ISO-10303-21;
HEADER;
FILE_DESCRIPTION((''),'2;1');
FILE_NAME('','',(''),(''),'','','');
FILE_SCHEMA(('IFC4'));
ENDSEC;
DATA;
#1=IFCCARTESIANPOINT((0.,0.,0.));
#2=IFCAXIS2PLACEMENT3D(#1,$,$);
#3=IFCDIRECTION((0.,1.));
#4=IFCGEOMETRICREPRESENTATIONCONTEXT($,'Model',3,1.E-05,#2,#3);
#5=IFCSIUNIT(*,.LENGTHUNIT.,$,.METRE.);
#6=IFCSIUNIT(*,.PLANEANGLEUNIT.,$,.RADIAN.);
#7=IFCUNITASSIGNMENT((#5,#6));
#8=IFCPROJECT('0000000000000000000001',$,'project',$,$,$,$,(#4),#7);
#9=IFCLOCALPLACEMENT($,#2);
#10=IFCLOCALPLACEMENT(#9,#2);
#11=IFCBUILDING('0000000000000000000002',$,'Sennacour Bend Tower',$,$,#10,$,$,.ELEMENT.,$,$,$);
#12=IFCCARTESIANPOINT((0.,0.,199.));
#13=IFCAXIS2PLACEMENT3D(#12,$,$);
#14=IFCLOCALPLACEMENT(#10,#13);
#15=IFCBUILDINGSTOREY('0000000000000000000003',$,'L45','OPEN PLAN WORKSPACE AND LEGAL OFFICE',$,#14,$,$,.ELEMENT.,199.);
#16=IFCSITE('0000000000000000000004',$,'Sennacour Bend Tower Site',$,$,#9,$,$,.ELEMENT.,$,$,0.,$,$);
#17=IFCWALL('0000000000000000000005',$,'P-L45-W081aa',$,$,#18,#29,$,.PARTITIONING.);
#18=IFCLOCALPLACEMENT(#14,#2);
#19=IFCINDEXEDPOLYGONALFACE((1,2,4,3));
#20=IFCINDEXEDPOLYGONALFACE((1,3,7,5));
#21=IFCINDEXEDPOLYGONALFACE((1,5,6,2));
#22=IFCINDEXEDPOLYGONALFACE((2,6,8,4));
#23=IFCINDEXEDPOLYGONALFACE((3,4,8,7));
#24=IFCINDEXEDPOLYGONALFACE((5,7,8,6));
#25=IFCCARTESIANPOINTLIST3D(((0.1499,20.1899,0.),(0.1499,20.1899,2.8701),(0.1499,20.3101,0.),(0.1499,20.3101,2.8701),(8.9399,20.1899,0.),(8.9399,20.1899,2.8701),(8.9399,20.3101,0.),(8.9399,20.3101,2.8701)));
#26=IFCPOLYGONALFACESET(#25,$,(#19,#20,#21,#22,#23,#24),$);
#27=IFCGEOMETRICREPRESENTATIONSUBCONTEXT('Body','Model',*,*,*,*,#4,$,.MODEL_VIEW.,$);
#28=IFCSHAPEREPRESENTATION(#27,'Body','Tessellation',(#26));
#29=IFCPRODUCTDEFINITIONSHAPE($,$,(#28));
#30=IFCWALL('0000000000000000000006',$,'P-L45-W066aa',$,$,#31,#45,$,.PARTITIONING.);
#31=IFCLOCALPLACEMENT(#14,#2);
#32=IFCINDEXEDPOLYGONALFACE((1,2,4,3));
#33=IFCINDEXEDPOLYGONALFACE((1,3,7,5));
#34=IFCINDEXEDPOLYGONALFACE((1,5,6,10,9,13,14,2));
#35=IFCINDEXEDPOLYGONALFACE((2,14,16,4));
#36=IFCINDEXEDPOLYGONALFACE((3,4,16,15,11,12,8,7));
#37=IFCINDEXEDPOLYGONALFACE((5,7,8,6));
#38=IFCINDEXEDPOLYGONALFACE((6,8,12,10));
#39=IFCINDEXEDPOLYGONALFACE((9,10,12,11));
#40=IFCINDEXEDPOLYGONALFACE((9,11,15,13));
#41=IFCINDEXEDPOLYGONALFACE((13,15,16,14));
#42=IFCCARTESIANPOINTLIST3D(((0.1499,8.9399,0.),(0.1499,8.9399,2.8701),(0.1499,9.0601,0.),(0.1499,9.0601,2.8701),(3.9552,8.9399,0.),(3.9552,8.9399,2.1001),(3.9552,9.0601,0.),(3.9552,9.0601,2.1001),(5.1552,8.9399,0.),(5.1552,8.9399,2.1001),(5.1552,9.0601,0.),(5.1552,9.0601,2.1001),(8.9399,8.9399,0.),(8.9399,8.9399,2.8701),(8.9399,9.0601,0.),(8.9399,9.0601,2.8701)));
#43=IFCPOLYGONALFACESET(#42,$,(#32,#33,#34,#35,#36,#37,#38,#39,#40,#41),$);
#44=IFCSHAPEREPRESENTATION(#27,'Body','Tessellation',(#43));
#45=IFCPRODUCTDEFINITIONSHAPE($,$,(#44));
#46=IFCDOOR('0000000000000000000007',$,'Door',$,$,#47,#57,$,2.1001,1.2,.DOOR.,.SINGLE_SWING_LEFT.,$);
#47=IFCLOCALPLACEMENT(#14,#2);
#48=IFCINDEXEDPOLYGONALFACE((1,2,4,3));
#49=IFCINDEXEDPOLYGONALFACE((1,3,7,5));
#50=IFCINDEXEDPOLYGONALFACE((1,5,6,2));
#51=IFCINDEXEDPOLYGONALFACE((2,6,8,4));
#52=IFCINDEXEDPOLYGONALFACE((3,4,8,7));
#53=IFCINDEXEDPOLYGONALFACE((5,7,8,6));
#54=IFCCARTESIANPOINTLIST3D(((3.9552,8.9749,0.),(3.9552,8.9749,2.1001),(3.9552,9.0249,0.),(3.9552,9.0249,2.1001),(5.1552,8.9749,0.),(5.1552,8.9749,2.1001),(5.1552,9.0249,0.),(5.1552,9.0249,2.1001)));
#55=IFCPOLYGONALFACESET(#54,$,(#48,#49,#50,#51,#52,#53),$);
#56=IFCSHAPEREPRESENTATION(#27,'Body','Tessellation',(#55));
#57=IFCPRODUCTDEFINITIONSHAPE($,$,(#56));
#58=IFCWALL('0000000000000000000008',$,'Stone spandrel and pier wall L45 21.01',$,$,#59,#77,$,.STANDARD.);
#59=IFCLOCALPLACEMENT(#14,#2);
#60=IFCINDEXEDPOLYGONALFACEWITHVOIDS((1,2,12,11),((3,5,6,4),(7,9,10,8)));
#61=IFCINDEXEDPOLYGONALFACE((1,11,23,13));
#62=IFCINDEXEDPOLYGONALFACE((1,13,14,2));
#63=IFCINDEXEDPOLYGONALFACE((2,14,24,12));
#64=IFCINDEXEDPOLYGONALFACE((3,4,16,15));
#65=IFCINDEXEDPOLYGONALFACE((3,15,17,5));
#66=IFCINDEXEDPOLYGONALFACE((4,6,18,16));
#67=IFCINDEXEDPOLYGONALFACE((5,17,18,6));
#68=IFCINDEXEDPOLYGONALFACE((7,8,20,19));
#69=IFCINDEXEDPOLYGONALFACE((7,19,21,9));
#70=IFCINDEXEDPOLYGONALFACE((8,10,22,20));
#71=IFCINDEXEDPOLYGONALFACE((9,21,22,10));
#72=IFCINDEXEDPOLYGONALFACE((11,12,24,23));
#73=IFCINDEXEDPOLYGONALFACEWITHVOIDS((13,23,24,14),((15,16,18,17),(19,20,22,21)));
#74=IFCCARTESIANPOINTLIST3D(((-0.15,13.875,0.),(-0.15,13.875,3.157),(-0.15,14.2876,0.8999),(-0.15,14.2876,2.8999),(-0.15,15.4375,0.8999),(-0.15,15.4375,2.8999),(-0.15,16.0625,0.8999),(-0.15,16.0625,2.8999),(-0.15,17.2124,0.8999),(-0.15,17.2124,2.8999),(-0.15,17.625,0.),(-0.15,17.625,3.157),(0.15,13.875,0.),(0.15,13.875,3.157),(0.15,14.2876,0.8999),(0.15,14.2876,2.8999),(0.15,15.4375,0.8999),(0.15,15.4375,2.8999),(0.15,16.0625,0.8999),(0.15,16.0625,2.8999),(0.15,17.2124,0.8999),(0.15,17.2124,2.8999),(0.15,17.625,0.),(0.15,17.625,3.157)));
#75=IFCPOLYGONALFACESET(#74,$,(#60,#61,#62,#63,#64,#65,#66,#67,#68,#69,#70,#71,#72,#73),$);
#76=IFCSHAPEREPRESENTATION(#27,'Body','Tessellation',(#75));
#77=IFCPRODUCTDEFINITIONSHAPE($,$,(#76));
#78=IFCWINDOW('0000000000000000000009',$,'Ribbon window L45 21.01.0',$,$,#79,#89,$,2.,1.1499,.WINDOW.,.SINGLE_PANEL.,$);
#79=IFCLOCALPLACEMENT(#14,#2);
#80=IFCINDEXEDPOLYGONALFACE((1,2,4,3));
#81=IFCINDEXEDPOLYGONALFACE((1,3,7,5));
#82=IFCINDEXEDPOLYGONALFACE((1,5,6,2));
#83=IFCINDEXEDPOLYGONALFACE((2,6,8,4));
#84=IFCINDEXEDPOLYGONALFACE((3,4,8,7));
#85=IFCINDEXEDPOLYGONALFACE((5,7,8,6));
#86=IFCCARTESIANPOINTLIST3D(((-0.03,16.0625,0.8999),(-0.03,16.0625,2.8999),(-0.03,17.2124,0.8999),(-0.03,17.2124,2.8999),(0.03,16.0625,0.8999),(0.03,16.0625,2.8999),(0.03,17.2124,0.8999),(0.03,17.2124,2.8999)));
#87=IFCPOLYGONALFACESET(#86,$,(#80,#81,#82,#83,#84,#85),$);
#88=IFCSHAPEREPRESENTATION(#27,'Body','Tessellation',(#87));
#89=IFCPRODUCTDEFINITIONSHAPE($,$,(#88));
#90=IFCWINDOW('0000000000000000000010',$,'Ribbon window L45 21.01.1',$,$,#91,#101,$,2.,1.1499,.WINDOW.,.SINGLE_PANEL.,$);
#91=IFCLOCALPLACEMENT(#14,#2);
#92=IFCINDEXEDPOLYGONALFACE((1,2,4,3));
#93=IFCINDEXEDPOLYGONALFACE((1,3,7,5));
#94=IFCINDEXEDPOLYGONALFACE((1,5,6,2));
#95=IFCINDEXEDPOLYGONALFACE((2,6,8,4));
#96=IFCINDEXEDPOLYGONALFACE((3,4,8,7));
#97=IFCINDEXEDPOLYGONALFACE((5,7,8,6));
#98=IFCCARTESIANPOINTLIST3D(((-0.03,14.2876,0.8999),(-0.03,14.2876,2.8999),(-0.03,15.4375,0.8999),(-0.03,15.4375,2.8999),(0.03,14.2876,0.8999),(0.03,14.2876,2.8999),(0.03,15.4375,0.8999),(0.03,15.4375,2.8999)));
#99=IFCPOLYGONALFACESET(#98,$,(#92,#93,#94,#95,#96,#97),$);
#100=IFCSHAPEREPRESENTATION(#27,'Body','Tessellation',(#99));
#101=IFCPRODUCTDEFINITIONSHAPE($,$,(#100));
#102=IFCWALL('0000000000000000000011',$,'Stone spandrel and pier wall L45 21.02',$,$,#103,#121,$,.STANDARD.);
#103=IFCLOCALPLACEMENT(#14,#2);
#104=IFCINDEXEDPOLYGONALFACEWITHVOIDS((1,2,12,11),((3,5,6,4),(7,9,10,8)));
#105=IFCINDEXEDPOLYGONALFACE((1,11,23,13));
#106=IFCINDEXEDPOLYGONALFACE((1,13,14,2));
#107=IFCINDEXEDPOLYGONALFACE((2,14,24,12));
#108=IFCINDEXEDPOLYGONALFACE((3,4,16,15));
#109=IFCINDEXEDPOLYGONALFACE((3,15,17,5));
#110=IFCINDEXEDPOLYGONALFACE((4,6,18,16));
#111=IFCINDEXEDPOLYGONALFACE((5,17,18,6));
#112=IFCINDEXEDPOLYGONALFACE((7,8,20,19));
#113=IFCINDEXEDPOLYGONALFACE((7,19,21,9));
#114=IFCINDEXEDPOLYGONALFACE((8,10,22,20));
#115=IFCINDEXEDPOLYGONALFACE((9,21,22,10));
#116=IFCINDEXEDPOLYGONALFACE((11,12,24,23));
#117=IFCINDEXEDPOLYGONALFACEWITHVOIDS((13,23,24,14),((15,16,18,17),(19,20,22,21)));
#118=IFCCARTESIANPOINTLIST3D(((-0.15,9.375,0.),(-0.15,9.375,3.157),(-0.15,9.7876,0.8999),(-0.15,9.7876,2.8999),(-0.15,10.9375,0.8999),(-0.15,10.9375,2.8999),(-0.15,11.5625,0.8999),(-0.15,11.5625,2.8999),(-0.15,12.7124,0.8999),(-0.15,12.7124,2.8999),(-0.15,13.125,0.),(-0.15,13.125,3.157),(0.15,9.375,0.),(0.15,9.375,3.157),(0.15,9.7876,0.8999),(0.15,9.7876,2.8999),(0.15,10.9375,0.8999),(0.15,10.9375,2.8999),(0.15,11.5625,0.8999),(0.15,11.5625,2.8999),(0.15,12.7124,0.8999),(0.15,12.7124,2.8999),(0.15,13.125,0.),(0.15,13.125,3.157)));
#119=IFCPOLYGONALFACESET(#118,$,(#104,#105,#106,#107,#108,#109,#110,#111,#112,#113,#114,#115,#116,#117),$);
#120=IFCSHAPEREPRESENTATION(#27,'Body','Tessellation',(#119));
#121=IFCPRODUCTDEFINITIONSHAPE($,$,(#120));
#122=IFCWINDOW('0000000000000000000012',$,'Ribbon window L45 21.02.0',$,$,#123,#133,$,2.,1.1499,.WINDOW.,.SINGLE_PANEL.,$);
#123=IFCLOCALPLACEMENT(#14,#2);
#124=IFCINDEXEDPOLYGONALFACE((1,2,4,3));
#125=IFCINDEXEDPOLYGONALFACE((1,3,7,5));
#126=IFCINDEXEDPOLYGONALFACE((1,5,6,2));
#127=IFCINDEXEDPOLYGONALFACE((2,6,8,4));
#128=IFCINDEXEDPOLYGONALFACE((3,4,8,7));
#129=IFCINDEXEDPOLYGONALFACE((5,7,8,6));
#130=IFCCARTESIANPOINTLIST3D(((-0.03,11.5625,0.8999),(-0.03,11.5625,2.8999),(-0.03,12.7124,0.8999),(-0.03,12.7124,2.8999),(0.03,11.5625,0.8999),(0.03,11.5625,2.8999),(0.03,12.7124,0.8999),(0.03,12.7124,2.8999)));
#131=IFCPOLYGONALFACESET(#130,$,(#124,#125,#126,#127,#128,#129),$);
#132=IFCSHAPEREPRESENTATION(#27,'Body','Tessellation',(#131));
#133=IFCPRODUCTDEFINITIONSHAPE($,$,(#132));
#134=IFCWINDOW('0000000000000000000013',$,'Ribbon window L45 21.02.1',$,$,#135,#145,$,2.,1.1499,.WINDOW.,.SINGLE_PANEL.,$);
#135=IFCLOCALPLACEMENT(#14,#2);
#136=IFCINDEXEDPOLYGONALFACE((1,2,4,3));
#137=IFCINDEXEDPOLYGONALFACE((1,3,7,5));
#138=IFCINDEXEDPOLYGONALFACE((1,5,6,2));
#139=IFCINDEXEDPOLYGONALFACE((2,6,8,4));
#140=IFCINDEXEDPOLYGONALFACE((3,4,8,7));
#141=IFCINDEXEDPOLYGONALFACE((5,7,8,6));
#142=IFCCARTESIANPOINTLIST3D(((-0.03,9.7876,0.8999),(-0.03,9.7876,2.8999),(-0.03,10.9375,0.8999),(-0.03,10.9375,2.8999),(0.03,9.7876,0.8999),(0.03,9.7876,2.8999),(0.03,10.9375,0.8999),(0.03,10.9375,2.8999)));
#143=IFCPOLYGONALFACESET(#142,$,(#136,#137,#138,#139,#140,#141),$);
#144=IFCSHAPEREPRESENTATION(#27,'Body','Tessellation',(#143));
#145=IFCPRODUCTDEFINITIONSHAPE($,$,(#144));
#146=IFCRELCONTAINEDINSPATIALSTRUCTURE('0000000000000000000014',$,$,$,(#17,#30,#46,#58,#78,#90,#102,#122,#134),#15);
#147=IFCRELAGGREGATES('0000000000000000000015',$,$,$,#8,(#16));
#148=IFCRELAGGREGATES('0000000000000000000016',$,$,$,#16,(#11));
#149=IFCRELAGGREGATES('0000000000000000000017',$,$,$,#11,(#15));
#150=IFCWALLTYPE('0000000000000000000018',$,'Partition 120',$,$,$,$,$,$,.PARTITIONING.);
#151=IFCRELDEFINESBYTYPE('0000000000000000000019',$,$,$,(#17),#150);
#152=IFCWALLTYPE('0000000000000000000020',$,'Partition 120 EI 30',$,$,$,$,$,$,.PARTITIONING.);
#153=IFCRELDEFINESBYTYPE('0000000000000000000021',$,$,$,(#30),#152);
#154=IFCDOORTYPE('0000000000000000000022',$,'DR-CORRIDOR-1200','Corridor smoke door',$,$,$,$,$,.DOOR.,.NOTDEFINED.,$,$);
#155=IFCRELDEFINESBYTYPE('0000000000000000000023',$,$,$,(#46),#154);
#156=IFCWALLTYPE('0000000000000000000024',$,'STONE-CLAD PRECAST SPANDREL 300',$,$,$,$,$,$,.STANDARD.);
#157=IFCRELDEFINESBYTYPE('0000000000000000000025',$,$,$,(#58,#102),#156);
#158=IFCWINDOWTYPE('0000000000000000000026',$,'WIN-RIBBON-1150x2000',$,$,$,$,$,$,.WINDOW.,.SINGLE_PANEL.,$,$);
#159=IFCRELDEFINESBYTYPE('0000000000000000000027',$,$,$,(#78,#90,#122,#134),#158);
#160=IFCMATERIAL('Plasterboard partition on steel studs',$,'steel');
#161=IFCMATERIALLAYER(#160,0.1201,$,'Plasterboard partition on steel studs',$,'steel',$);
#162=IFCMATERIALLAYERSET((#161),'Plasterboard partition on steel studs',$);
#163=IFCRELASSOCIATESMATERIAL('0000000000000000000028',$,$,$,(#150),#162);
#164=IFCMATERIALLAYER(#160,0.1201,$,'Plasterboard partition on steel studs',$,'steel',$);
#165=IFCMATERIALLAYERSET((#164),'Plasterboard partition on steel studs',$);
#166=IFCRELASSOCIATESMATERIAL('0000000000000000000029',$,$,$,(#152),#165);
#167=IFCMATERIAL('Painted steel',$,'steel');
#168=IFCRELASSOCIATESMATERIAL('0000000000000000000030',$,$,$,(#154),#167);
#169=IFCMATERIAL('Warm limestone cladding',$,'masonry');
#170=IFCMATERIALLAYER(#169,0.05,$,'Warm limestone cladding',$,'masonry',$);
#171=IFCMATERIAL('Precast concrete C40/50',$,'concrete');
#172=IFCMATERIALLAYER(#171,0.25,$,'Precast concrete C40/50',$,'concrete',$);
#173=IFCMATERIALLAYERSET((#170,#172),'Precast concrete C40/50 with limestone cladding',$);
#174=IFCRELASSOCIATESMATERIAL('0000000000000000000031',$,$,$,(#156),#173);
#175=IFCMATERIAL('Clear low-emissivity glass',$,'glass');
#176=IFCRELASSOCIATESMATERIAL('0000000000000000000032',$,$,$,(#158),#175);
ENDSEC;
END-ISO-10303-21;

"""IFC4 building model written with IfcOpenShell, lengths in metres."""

from ifc_helpers import new_model, si_unit, direction, frame, frame_2d, origin, place, context, subcontext, project, spatial, rectangle, extrude, material, layer, layer_set, type_object, element, fill, save


model = new_model("IFC4")

# Units and contexts
model_context = context("Model", 3, precision=1e-05, world=origin(), true_north=direction((0.0, 1.0)))
body_context = subcontext(model_context, "Body", "Model", "MODEL_VIEW")
ifc_project = project(units=[si_unit("LENGTHUNIT", "METRE"), si_unit("PLANEANGLEUNIT", "RADIAN")], contexts=[model_context])

# Site, building, storey
site_placement = place(None, origin())
site = spatial("IfcSite", under=ifc_project, at=site_placement, Name="Sennacour Bend Tower Site", CompositionType="ELEMENT", RefElevation=0.0)
building_placement = place(site_placement, origin())
building = spatial("IfcBuilding", under=site, at=building_placement, Name="Sennacour Bend Tower", CompositionType="ELEMENT")
storey_placement = place(building_placement, frame((0.0, 0.0, 199.0)))
storey = spatial("IfcBuildingStorey", under=building, at=storey_placement, Name="L45", Description="OPEN PLAN WORKSPACE AND LEGAL OFFICE", CompositionType="ELEMENT", Elevation=199.0)

# Wall
ifc_material_1 = material(Name="Plasterboard partition on steel studs", Category="steel")
ifc_layer_1 = layer(ifc_material_1, 0.1201, Name="Plasterboard partition on steel studs", Category="steel")
ifc_layer_set_1 = layer_set([ifc_layer_1], Name="Plasterboard partition on steel studs")
wall_type_1 = type_object("IfcWallType", Name="Partition 120", PredefinedType="PARTITIONING", material=ifc_layer_set_1)
for number, where, z_axis, x_axis, name in (
    (1, (0.1499, 20.25, 0.0), (0.0, 0.0, 1.0), (1.0, 0.0, 0.0), "P-L45-W081aa"),
):
    element("IfcWall", number, at=place(storey_placement, frame(where, z_axis=z_axis, x_axis=x_axis)), inside=storey, type_object=wall_type_1, Name=name, PredefinedType="PARTITIONING", context=body_context, shape_type="SweptSolid", body=[
        extrude(rectangle(XDim=8.79, YDim=0.1201, at=frame_2d((4.395, 0.0))), origin(), (0.0, 0.0, 1.0), 2.8701),
    ])

# Wall, opening, door
ifc_layer_2 = layer(ifc_material_1, 0.1201, Name="Plasterboard partition on steel studs", Category="steel")
ifc_layer_set_2 = layer_set([ifc_layer_2], Name="Plasterboard partition on steel studs")
wall_type_2 = type_object("IfcWallType", Name="Partition 120 EI 30", PredefinedType="PARTITIONING", material=ifc_layer_set_2)
wall_1_placement = place(storey_placement, frame((0.1499, 9.0, 0.0), z_axis=(0.0, 0.0, 1.0), x_axis=(1.0, 0.0, 0.0)))
wall_1 = element("IfcWall", 2, at=wall_1_placement, inside=storey, type_object=wall_type_2, Name="P-L45-W066aa", PredefinedType="PARTITIONING", context=body_context, shape_type="SweptSolid", body=[
    extrude(rectangle(XDim=8.79, YDim=0.1201, at=frame_2d((4.395, 0.0))), origin(), (0.0, 0.0, 1.0), 2.8701),
])
opening_1_placement = place(wall_1_placement, frame((3.8052, 0.0, 0.0)))
opening_1 = element("IfcOpeningElement", 3, at=opening_1_placement, cuts=wall_1, PredefinedType="OPENING", context=body_context, shape_type="SweptSolid", body=[
    extrude(rectangle(XDim=1.2, YDim=2.1001, at=frame_2d((0.6001, 1.05))), frame((0.0, 0.0701, 0.0), z_axis=(0.0, -1.0, 0.0), x_axis=(1.0, 0.0, 0.0)), (0.0, 0.0, 1.0), 0.1401),
])
ifc_material_2 = material(Name="Painted steel", Category="steel")
door_type = type_object("IfcDoorType", Name="DR-CORRIDOR-1200", Description="Corridor smoke door", OperationType="NOTDEFINED", PredefinedType="DOOR", material=ifc_material_2)
door_placement = place(opening_1_placement, origin())
door = element("IfcDoor", 4, at=door_placement, inside=storey, type_object=door_type, Name="Door", OperationType="SINGLE_SWING_LEFT", OverallHeight=2.1001, OverallWidth=1.2, PredefinedType="DOOR", context=body_context, shape_type="SweptSolid", body=[
    extrude(rectangle(XDim=1.2, YDim=2.1001, at=frame_2d((0.6001, 1.05))), frame((0.0, 0.0249, 0.0), z_axis=(0.0, -1.0, 0.0), x_axis=(1.0, 0.0, 0.0)), (0.0, 0.0, 1.0), 0.05),
])
fill(opening_1, door)

# Walls, openings, windows
ifc_material_3 = material(Name="Warm limestone cladding", Category="masonry")
ifc_layer_3 = layer(ifc_material_3, 0.05, Name="Warm limestone cladding", Category="masonry")
ifc_material_4 = material(Name="Precast concrete C40/50", Category="concrete")
ifc_layer_4 = layer(ifc_material_4, 0.25, Name="Precast concrete C40/50", Category="concrete")
ifc_layer_set_3 = layer_set([ifc_layer_3, ifc_layer_4], Name="Precast concrete C40/50 with limestone cladding")
wall_type_3 = type_object("IfcWallType", Name="STONE-CLAD PRECAST SPANDREL 300", PredefinedType="STANDARD", material=ifc_layer_set_3)
wall_2_placement = place(storey_placement, frame((0.0, 17.625, 0.0), z_axis=(0.0, 0.0, 1.0), x_axis=(0.0, -1.0, 0.0)))
wall_2 = element("IfcWall", 5, at=wall_2_placement, inside=storey, type_object=wall_type_3, Name="Stone spandrel and pier wall L45 21.01", PredefinedType="STANDARD", context=body_context, shape_type="SweptSolid", body=[
    extrude(rectangle(XDim=3.75, YDim=0.3, at=frame_2d((1.875, 0.0))), origin(), (0.0, 0.0, 1.0), 3.157),
])
opening_2_placement = place(wall_2_placement, frame((0.4126, 0.0, 0.8999)))
opening_2 = element("IfcOpeningElement", 6, at=opening_2_placement, cuts=wall_2, PredefinedType="OPENING", context=body_context, shape_type="SweptSolid", body=[
    extrude(rectangle(XDim=1.1499, YDim=2.0, at=frame_2d((0.575, 1.0))), frame((0.0, 0.1602, 0.0), z_axis=(0.0, -1.0, 0.0), x_axis=(1.0, 0.0, 0.0)), (0.0, 0.0, 1.0), 0.3201),
])
opening_3_placement = place(wall_2_placement, frame((2.1875, 0.0, 0.8999)))
opening_3 = element("IfcOpeningElement", 7, at=opening_3_placement, cuts=wall_2, PredefinedType="OPENING", context=body_context, shape_type="SweptSolid", body=[
    extrude(rectangle(XDim=1.1499, YDim=2.0, at=frame_2d((0.575, 1.0))), frame((0.0, 0.1602, 0.0), z_axis=(0.0, -1.0, 0.0), x_axis=(1.0, 0.0, 0.0)), (0.0, 0.0, 1.0), 0.3201),
])
ifc_material_5 = material(Name="Clear low-emissivity glass", Category="glass")
window_type = type_object("IfcWindowType", Name="WIN-RIBBON-1150x2000", PartitioningType="SINGLE_PANEL", PredefinedType="WINDOW", material=ifc_material_5)
window_1_placement = place(opening_2_placement, origin())
window_1 = element("IfcWindow", 8, at=window_1_placement, inside=storey, type_object=window_type, Name="Ribbon window L45 21.01.0", OverallHeight=2.0, OverallWidth=1.1499, PartitioningType="SINGLE_PANEL", PredefinedType="WINDOW", context=body_context, shape_type="SweptSolid", body=[
    extrude(rectangle(XDim=1.1499, YDim=2.0, at=frame_2d((0.575, 1.0))), frame((0.0, 0.03, 0.0), z_axis=(0.0, -1.0, 0.0), x_axis=(1.0, 0.0, 0.0)), (0.0, 0.0, 1.0), 0.0601),
])
fill(opening_2, window_1)
window_2_placement = place(opening_3_placement, origin())
window_2 = element("IfcWindow", 9, at=window_2_placement, inside=storey, type_object=window_type, Name="Ribbon window L45 21.01.1", OverallHeight=2.0, OverallWidth=1.1499, PartitioningType="SINGLE_PANEL", PredefinedType="WINDOW", context=body_context, shape_type="SweptSolid", body=[
    extrude(rectangle(XDim=1.1499, YDim=2.0, at=frame_2d((0.575, 1.0))), frame((0.0, 0.03, 0.0), z_axis=(0.0, -1.0, 0.0), x_axis=(1.0, 0.0, 0.0)), (0.0, 0.0, 1.0), 0.0601),
])
fill(opening_3, window_2)
wall_3_placement = place(storey_placement, frame((0.0, 13.125, 0.0), z_axis=(0.0, 0.0, 1.0), x_axis=(0.0, -1.0, 0.0)))
wall_3 = element("IfcWall", 10, at=wall_3_placement, inside=storey, type_object=wall_type_3, Name="Stone spandrel and pier wall L45 21.02", PredefinedType="STANDARD", context=body_context, shape_type="SweptSolid", body=[
    extrude(rectangle(XDim=3.75, YDim=0.3, at=frame_2d((1.875, 0.0))), origin(), (0.0, 0.0, 1.0), 3.157),
])
opening_4_placement = place(wall_3_placement, frame((0.4126, 0.0, 0.8999)))
opening_4 = element("IfcOpeningElement", 11, at=opening_4_placement, cuts=wall_3, PredefinedType="OPENING", context=body_context, shape_type="SweptSolid", body=[
    extrude(rectangle(XDim=1.1499, YDim=2.0, at=frame_2d((0.575, 1.0))), frame((0.0, 0.1602, 0.0), z_axis=(0.0, -1.0, 0.0), x_axis=(1.0, 0.0, 0.0)), (0.0, 0.0, 1.0), 0.3201),
])
opening_5_placement = place(wall_3_placement, frame((2.1875, 0.0, 0.8999)))
opening_5 = element("IfcOpeningElement", 12, at=opening_5_placement, cuts=wall_3, PredefinedType="OPENING", context=body_context, shape_type="SweptSolid", body=[
    extrude(rectangle(XDim=1.1499, YDim=2.0, at=frame_2d((0.575, 1.0))), frame((0.0, 0.1602, 0.0), z_axis=(0.0, -1.0, 0.0), x_axis=(1.0, 0.0, 0.0)), (0.0, 0.0, 1.0), 0.3201),
])
window_3_placement = place(opening_4_placement, origin())
window_3 = element("IfcWindow", 13, at=window_3_placement, inside=storey, type_object=window_type, Name="Ribbon window L45 21.02.0", OverallHeight=2.0, OverallWidth=1.1499, PartitioningType="SINGLE_PANEL", PredefinedType="WINDOW", context=body_context, shape_type="SweptSolid", body=[
    extrude(rectangle(XDim=1.1499, YDim=2.0, at=frame_2d((0.575, 1.0))), frame((0.0, 0.03, 0.0), z_axis=(0.0, -1.0, 0.0), x_axis=(1.0, 0.0, 0.0)), (0.0, 0.0, 1.0), 0.0601),
])
fill(opening_4, window_3)
window_4_placement = place(opening_5_placement, origin())
window_4 = element("IfcWindow", 14, at=window_4_placement, inside=storey, type_object=window_type, Name="Ribbon window L45 21.02.1", OverallHeight=2.0, OverallWidth=1.1499, PartitioningType="SINGLE_PANEL", PredefinedType="WINDOW", context=body_context, shape_type="SweptSolid", body=[
    extrude(rectangle(XDim=1.1499, YDim=2.0, at=frame_2d((0.575, 1.0))), frame((0.0, 0.03, 0.0), z_axis=(0.0, -1.0, 0.0), x_axis=(1.0, 0.0, 0.0)), (0.0, 0.0, 1.0), 0.0601),
])
fill(opening_5, window_4)

save(model, "model.ifc")
